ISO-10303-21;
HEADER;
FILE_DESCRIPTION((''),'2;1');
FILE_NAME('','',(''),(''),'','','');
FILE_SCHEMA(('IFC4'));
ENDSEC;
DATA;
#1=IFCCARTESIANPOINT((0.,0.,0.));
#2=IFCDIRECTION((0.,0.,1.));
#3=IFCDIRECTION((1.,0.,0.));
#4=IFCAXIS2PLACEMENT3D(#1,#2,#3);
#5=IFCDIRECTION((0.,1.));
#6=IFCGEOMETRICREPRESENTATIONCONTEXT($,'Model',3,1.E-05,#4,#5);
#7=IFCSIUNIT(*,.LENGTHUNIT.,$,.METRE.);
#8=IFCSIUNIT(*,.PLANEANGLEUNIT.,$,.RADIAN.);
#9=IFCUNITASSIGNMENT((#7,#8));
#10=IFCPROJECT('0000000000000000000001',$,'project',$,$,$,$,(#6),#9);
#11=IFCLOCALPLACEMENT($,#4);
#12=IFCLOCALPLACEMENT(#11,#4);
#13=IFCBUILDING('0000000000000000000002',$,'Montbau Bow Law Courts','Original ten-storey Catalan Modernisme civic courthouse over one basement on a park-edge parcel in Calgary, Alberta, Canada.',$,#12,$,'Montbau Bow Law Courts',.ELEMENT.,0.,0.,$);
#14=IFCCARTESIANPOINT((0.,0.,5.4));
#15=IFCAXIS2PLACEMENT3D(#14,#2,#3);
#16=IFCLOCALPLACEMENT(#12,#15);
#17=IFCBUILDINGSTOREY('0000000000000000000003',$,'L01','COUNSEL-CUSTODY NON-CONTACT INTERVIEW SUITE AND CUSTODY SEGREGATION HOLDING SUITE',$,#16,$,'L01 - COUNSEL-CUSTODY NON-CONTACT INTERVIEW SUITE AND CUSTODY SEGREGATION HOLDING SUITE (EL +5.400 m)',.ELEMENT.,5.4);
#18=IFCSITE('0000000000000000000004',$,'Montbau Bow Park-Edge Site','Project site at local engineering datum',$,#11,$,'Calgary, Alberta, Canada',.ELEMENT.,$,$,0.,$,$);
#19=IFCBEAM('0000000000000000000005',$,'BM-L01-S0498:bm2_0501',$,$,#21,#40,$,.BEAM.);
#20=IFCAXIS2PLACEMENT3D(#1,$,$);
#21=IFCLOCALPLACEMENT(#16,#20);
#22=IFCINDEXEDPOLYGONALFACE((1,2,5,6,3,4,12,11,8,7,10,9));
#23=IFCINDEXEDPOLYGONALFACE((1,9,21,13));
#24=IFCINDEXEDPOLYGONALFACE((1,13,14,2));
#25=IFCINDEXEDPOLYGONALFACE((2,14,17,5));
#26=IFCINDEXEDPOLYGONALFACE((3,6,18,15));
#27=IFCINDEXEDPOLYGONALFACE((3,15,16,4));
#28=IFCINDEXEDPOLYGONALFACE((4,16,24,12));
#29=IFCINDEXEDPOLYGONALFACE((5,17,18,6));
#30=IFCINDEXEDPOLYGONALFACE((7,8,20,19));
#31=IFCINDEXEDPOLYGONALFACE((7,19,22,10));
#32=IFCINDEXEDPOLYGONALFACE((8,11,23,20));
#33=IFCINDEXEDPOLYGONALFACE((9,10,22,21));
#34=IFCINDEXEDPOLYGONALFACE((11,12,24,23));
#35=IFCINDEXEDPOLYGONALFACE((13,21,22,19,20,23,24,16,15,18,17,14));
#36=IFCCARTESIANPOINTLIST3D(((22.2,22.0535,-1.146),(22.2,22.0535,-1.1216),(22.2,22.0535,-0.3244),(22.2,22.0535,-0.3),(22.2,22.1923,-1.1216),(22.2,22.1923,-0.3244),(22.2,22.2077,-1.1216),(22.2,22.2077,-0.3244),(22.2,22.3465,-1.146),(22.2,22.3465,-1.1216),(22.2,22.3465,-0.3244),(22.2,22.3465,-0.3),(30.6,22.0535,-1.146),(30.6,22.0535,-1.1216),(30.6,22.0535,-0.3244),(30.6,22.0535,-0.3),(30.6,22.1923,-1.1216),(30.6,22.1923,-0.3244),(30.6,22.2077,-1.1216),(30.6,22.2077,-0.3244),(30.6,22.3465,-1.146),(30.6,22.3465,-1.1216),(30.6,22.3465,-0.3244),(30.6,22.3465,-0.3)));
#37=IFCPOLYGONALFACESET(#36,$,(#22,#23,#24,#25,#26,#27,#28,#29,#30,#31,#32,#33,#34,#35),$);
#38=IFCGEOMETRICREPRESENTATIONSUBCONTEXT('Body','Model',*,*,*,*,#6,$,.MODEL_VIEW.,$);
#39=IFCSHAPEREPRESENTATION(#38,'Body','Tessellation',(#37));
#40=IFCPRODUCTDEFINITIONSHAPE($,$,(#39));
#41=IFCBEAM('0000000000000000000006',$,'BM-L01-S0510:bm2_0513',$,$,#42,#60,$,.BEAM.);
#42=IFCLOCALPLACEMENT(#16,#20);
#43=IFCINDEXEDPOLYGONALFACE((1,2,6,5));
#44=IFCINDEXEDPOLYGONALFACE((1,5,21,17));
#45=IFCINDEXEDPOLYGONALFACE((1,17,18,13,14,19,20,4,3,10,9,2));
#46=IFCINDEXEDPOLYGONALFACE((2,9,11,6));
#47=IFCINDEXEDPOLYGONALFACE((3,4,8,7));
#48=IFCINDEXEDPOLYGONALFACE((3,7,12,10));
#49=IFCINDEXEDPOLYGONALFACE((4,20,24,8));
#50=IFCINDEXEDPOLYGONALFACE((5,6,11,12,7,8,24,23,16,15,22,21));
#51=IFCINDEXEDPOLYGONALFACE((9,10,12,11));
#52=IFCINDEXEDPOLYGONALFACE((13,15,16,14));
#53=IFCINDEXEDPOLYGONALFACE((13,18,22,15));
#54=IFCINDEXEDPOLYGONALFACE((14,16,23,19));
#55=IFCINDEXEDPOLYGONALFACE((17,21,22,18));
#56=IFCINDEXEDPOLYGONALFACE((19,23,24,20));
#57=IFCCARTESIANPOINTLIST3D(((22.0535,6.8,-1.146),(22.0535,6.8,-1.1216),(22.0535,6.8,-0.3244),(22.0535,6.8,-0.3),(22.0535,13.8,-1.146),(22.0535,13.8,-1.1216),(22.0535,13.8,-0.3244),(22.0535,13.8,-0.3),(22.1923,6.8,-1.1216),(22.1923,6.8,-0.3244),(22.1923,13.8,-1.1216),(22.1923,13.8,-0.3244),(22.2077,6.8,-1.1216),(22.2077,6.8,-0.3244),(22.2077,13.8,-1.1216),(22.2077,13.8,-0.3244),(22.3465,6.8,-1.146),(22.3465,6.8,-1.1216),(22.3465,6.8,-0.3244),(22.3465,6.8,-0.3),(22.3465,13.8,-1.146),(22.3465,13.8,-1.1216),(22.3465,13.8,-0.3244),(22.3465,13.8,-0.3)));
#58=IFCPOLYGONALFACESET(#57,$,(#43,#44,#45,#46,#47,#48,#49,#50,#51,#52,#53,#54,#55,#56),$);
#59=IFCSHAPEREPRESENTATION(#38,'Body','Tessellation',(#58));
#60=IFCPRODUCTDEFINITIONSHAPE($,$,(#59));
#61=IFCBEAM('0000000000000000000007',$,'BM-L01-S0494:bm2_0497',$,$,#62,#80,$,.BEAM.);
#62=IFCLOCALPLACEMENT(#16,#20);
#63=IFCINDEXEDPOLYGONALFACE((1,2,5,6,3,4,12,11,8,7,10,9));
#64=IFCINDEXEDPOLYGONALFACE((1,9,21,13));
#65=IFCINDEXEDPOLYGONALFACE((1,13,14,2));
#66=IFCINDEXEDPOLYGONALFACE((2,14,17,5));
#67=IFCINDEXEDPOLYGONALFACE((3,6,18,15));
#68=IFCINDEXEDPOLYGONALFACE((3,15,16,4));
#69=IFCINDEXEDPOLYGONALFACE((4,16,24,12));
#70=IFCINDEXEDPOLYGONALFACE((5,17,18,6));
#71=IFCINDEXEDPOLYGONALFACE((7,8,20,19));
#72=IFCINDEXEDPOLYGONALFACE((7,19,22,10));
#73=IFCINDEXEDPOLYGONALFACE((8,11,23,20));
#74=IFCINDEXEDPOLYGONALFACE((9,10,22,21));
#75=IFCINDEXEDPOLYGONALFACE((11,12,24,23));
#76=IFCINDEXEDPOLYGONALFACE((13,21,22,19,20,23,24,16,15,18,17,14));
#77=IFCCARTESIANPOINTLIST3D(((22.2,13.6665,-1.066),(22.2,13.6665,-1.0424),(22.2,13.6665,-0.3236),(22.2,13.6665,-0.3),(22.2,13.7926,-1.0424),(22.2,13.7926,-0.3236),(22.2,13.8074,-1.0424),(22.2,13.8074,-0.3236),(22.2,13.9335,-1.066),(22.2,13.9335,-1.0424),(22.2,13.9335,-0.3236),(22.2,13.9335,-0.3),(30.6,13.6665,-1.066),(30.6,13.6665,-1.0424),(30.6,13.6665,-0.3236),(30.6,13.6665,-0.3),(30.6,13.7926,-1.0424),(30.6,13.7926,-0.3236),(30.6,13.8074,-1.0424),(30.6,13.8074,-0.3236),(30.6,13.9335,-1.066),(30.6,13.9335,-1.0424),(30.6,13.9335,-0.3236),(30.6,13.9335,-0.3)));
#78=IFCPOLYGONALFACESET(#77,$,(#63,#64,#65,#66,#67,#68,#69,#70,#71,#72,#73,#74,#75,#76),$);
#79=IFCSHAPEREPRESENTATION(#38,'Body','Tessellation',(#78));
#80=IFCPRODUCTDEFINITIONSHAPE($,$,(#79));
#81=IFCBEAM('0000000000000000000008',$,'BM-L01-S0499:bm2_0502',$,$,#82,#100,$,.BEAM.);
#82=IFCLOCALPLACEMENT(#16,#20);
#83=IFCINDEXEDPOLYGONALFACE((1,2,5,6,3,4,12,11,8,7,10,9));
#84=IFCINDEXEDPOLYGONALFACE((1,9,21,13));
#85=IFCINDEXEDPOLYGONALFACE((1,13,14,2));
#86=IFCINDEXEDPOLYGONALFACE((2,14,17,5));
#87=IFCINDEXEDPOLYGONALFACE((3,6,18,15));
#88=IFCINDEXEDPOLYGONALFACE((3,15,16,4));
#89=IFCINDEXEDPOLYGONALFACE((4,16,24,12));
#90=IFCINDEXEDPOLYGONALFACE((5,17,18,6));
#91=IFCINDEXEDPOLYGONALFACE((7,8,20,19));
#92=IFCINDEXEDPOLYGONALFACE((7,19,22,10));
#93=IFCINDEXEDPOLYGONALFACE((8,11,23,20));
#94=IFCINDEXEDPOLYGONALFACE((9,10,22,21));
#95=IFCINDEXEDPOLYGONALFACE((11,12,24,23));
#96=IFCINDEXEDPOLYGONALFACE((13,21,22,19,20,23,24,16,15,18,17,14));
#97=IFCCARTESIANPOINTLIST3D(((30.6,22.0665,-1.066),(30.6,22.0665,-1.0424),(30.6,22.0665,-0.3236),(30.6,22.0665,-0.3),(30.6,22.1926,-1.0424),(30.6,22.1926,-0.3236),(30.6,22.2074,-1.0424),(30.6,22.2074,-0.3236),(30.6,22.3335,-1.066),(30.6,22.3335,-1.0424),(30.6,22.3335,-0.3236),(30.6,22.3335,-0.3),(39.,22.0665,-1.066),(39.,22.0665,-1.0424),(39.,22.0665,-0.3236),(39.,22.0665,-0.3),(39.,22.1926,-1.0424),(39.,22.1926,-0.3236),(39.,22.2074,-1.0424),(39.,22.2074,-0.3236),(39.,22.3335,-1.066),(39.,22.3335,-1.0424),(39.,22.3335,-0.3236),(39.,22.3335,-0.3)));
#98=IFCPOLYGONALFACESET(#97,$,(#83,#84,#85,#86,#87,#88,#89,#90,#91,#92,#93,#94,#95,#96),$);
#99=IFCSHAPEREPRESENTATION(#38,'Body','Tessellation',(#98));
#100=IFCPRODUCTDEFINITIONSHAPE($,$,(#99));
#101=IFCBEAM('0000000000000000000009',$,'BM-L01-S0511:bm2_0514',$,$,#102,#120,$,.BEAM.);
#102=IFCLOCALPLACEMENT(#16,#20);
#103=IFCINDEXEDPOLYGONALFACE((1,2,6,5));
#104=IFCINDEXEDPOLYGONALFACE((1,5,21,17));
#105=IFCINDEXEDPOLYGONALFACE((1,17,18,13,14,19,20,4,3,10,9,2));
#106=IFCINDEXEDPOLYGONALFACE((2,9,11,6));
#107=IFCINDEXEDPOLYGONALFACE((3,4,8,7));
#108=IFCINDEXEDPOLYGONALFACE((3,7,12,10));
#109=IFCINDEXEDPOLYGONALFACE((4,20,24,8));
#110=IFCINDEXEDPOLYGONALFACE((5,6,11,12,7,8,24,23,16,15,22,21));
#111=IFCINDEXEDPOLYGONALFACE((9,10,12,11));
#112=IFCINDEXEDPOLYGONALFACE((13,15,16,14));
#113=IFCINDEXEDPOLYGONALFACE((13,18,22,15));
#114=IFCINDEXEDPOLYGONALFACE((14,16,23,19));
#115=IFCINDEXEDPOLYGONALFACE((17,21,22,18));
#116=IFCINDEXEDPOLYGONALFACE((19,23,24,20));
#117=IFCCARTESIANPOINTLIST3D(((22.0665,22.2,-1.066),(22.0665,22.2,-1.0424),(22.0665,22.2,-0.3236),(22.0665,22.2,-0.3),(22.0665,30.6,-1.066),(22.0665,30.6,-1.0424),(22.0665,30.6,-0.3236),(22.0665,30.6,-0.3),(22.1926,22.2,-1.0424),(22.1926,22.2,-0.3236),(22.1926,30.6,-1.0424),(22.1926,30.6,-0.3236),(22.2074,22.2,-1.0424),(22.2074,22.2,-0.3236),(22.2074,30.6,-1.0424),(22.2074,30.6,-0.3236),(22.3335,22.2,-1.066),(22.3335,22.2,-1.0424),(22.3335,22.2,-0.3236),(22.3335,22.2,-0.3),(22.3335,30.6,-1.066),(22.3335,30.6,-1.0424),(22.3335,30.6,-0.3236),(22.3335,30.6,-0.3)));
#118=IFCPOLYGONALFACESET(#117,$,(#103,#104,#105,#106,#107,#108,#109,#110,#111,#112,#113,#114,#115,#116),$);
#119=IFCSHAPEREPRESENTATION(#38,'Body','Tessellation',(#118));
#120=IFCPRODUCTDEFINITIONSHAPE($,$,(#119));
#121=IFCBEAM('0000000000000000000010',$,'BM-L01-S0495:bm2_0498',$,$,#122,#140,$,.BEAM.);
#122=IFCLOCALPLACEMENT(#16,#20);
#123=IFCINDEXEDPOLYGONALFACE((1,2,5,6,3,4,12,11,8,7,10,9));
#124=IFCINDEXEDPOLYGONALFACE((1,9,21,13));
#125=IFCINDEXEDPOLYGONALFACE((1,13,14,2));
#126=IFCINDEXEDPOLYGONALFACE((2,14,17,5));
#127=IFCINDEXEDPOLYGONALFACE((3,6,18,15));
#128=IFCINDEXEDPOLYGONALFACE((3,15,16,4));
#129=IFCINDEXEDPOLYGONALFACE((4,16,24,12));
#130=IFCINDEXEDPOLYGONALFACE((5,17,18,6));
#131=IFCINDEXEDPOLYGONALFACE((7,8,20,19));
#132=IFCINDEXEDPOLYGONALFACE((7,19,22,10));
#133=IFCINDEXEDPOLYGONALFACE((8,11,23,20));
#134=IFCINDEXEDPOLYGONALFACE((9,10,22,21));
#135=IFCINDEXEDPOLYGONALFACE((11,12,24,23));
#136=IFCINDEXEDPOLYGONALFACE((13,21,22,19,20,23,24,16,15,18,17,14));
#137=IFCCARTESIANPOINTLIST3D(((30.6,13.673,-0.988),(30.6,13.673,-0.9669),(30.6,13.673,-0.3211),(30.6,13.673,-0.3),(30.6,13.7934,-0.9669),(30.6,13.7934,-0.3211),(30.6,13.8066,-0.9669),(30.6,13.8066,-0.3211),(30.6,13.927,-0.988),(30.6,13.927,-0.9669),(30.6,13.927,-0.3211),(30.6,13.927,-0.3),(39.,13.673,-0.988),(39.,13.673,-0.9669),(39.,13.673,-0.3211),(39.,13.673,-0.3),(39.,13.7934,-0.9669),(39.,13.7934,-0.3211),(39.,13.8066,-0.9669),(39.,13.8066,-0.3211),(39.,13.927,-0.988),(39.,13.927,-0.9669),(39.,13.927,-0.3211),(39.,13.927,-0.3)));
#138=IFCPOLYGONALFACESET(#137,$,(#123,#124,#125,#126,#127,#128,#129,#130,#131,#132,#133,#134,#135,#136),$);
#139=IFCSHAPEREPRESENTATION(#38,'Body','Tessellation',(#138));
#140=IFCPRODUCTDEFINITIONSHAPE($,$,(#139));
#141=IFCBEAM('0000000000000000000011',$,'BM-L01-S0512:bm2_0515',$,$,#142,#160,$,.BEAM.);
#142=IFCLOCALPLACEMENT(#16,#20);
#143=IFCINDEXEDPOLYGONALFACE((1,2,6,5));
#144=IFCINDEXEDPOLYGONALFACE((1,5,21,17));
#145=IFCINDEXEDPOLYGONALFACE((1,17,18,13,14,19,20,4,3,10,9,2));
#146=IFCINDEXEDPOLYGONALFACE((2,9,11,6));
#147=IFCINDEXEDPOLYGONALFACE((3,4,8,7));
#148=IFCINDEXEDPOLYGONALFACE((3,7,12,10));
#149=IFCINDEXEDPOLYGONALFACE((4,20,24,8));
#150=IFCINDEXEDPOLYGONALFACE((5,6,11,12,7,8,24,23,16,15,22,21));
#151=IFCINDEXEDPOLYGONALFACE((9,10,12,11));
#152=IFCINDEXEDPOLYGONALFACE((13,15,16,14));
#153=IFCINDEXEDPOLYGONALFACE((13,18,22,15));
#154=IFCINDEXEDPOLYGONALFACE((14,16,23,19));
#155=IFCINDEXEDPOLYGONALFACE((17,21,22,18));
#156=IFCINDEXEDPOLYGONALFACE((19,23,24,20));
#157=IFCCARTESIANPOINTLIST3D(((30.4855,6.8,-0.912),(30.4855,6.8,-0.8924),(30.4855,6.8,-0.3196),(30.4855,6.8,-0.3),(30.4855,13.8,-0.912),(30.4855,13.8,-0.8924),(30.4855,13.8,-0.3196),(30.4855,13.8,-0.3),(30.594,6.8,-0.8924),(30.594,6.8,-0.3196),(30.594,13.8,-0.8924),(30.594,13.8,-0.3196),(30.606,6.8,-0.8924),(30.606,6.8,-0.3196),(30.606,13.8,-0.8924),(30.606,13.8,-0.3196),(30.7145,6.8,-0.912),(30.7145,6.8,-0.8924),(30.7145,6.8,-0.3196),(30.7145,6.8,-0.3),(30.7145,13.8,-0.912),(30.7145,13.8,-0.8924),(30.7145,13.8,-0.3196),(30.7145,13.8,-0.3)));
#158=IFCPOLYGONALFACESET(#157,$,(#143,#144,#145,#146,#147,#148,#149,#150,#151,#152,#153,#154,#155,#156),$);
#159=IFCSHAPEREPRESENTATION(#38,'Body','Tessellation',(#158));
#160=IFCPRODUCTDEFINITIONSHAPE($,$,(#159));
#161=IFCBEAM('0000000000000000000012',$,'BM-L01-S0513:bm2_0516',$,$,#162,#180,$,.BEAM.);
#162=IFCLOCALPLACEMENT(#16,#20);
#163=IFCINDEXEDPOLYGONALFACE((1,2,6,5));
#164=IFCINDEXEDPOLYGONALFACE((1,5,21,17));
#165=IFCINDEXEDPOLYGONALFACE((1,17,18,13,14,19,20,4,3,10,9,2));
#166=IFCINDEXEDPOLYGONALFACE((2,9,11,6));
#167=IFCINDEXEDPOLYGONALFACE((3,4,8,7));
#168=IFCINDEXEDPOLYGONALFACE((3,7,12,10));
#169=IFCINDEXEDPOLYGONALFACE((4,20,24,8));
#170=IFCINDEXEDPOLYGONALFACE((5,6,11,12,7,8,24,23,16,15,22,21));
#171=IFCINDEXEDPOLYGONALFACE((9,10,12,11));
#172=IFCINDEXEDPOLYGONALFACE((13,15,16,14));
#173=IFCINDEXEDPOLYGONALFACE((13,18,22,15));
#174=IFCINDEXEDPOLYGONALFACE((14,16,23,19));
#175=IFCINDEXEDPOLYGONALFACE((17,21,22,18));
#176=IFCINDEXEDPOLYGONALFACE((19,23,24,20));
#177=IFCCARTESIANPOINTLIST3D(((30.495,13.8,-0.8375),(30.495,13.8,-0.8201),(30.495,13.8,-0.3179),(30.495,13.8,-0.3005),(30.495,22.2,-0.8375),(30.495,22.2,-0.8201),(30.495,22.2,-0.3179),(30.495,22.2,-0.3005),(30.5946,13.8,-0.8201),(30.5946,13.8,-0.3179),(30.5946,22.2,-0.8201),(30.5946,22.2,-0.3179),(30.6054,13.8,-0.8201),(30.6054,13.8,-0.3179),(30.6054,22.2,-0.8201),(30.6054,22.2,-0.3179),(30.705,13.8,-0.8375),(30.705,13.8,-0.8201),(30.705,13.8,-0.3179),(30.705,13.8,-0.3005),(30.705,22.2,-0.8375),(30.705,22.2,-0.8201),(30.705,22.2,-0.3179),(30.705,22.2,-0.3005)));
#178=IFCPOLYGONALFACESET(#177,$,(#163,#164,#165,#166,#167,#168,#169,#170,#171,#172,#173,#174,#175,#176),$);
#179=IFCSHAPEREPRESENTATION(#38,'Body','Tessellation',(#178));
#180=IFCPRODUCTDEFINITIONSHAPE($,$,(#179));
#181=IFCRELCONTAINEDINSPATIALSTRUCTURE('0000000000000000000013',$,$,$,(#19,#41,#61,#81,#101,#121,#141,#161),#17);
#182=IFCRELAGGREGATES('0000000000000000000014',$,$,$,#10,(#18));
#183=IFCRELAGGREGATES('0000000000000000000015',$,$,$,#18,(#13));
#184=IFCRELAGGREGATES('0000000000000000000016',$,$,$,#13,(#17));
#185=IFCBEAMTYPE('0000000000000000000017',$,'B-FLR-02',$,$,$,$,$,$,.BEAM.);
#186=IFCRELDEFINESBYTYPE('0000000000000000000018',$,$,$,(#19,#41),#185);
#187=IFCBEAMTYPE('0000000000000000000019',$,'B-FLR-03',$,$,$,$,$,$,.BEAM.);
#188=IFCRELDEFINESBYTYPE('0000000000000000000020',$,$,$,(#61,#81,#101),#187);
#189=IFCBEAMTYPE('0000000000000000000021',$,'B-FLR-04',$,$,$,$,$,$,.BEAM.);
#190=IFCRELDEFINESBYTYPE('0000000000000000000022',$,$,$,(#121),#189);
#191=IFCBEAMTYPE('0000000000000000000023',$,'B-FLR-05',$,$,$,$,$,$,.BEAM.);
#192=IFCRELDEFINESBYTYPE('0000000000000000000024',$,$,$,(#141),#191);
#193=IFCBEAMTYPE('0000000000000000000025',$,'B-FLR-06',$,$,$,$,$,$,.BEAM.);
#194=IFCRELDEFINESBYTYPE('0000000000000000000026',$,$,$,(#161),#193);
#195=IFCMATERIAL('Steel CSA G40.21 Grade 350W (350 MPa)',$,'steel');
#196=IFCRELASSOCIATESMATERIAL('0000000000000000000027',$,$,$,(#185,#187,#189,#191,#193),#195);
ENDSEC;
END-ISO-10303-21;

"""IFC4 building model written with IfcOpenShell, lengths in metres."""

from ifc_helpers import new_model, si_unit, direction, frame, origin_with_axes, origin_2d_with_axis, place, context, subcontext, project, spatial, i_section, extrude, material, material_profile, profile_set, type_object, element, save


model = new_model("IFC4")

# Units and contexts
model_context = context("Model", 3, precision=1e-05, world=origin_with_axes(), true_north=direction((0.0, 1.0)))
body_context = subcontext(model_context, "Body", "Model", "MODEL_VIEW")
ifc_project = project(units=[si_unit("LENGTHUNIT", "METRE"), si_unit("PLANEANGLEUNIT", "RADIAN")], contexts=[model_context])

# Site, building, storey
site_placement = place(None, origin_with_axes())
site = spatial("IfcSite", under=ifc_project, at=site_placement, Name="Montbau Bow Park-Edge Site", Description="Project site at local engineering datum", LongName="Calgary, Alberta, Canada", CompositionType="ELEMENT", RefElevation=0.0)
building_placement = place(site_placement, origin_with_axes())
building = spatial("IfcBuilding", under=site, at=building_placement, Name="Montbau Bow Law Courts", Description="Original ten-storey Catalan Modernisme civic courthouse over one basement on a park-edge parcel in Calgary, Alberta, Canada.", LongName="Montbau Bow Law Courts", CompositionType="ELEMENT", ElevationOfRefHeight=0.0, ElevationOfTerrain=0.0)
storey_placement = place(building_placement, frame((0.0, 0.0, 5.4), z_axis=(0.0, 0.0, 1.0), x_axis=(1.0, 0.0, 0.0)))
storey = spatial("IfcBuildingStorey", under=building, at=storey_placement, Name="L01", Description="COUNSEL-CUSTODY NON-CONTACT INTERVIEW SUITE AND CUSTODY SEGREGATION HOLDING SUITE", LongName="L01 - COUNSEL-CUSTODY NON-CONTACT INTERVIEW SUITE AND CUSTODY SEGREGATION HOLDING SUITE (EL +5.400 m)", CompositionType="ELEMENT", Elevation=5.4)

# Shared definitions
ifc_material_1 = material(Name="Steel CSA G40.21 Grade 350W (350 MPa)", Category="steel")

# Beams
ifc_material_profile_1 = material_profile(ifc_material_1, i_section(OverallWidth=0.293, OverallDepth=0.846, WebThickness=0.0154, FlangeThickness=0.0244, at=origin_2d_with_axis()), Name="W840X210", Category="Main", Priority=0)
ifc_profile_set_1 = profile_set([ifc_material_profile_1], Name="Steel CSA G40.21 Grade 350W (350 MPa)")
beam_type_1 = type_object("IfcBeamType", Name="B-FLR-02", PredefinedType="BEAM", material=ifc_profile_set_1)
beam_1_placement = place(None, frame((22.2, 22.2, 4.677), z_axis=(1.0, 0.0, 0.0), x_axis=(0.0, 1.0, 0.0)))
element("IfcBeam", 1, at=beam_1_placement, inside=storey, type_object=beam_type_1, Name="BM-L01-S0498:bm2_0501", PredefinedType="BEAM", context=body_context, shape_type="SweptSolid", body=[
    extrude(i_section(OverallWidth=0.293, OverallDepth=0.846, WebThickness=0.0154, FlangeThickness=0.0244, at=origin_2d_with_axis()), origin_with_axes(), (0.0, 0.0, 1.0), 8.4),
])
beam_2_placement = place(None, frame((22.2, 6.8, 4.677), z_axis=(0.0, 1.0, 0.0), x_axis=(-1.0, 0.0, 0.0)))
element("IfcBeam", 2, at=beam_2_placement, inside=storey, type_object=beam_type_1, Name="BM-L01-S0510:bm2_0513", PredefinedType="BEAM", context=body_context, shape_type="SweptSolid", body=[
    extrude(i_section(OverallWidth=0.293, OverallDepth=0.846, WebThickness=0.0154, FlangeThickness=0.0244, at=origin_2d_with_axis()), origin_with_axes(), (0.0, 0.0, 1.0), 7.0),
])
ifc_material_profile_2 = material_profile(ifc_material_1, i_section(OverallWidth=0.267, OverallDepth=0.766, WebThickness=0.0149, FlangeThickness=0.0236, at=origin_2d_with_axis()), Name="W760X185", Category="Main", Priority=0)
ifc_profile_set_2 = profile_set([ifc_material_profile_2], Name="Steel CSA G40.21 Grade 350W (350 MPa)")
beam_type_2 = type_object("IfcBeamType", Name="B-FLR-03", PredefinedType="BEAM", material=ifc_profile_set_2)
for number, where, z_axis, x_axis, name in (
    (3, (22.2, 13.8, 4.717), (1.0, 0.0, 0.0), (0.0, 1.0, 0.0), "BM-L01-S0494:bm2_0497"),
    (4, (30.6, 22.2, 4.717), (1.0, 0.0, 0.0), (0.0, 1.0, 0.0), "BM-L01-S0499:bm2_0502"),
    (5, (22.2, 22.2, 4.717), (0.0, 1.0, 0.0), (-1.0, 0.0, 0.0), "BM-L01-S0511:bm2_0514"),
):
    element("IfcBeam", number, at=place(None, frame(where, z_axis=z_axis, x_axis=x_axis)), inside=storey, type_object=beam_type_2, Name=name, PredefinedType="BEAM", context=body_context, shape_type="SweptSolid", body=[
        extrude(i_section(OverallWidth=0.267, OverallDepth=0.766, WebThickness=0.0149, FlangeThickness=0.0236, at=origin_2d_with_axis()), origin_with_axes(), (0.0, 0.0, 1.0), 8.4),
    ])
ifc_material_profile_3 = material_profile(ifc_material_1, i_section(OverallWidth=0.254, OverallDepth=0.688, WebThickness=0.0131, FlangeThickness=0.0211, at=origin_2d_with_axis()), Name="W690X152", Category="Main", Priority=0)
ifc_profile_set_3 = profile_set([ifc_material_profile_3], Name="Steel CSA G40.21 Grade 350W (350 MPa)")
beam_type_3 = type_object("IfcBeamType", Name="B-FLR-04", PredefinedType="BEAM", material=ifc_profile_set_3)
beam_3_placement = place(None, frame((30.6, 13.8, 4.756), z_axis=(1.0, 0.0, 0.0), x_axis=(0.0, 1.0, 0.0)))
element("IfcBeam", 6, at=beam_3_placement, inside=storey, type_object=beam_type_3, Name="BM-L01-S0495:bm2_0498", PredefinedType="BEAM", context=body_context, shape_type="SweptSolid", body=[
    extrude(i_section(OverallWidth=0.254, OverallDepth=0.688, WebThickness=0.0131, FlangeThickness=0.0211, at=origin_2d_with_axis()), origin_with_axes(), (0.0, 0.0, 1.0), 8.4),
])
ifc_material_profile_4 = material_profile(ifc_material_1, i_section(OverallWidth=0.229, OverallDepth=0.612, WebThickness=0.0119, FlangeThickness=0.0196, at=origin_2d_with_axis()), Name="W610X125", Category="Main", Priority=0)
ifc_profile_set_4 = profile_set([ifc_material_profile_4], Name="Steel CSA G40.21 Grade 350W (350 MPa)")
beam_type_4 = type_object("IfcBeamType", Name="B-FLR-05", PredefinedType="BEAM", material=ifc_profile_set_4)
beam_4_placement = place(None, frame((30.6, 6.8, 4.794), z_axis=(0.0, 1.0, 0.0), x_axis=(-1.0, 0.0, 0.0)))
element("IfcBeam", 7, at=beam_4_placement, inside=storey, type_object=beam_type_4, Name="BM-L01-S0512:bm2_0515", PredefinedType="BEAM", context=body_context, shape_type="SweptSolid", body=[
    extrude(i_section(OverallWidth=0.229, OverallDepth=0.612, WebThickness=0.0119, FlangeThickness=0.0196, at=origin_2d_with_axis()), origin_with_axes(), (0.0, 0.0, 1.0), 7.0),
])
ifc_material_profile_5 = material_profile(ifc_material_1, i_section(OverallWidth=0.21, OverallDepth=0.537, WebThickness=0.0109, FlangeThickness=0.0174, at=origin_2d_with_axis()), Name="W530X101", Category="Main", Priority=0)
ifc_profile_set_5 = profile_set([ifc_material_profile_5], Name="Steel CSA G40.21 Grade 350W (350 MPa)")
beam_type_5 = type_object("IfcBeamType", Name="B-FLR-06", PredefinedType="BEAM", material=ifc_profile_set_5)
beam_5_placement = place(None, frame((30.6, 13.8, 4.831), z_axis=(0.0, 1.0, 0.0), x_axis=(-1.0, 0.0, 0.0)))
element("IfcBeam", 8, at=beam_5_placement, inside=storey, type_object=beam_type_5, Name="BM-L01-S0513:bm2_0516", PredefinedType="BEAM", context=body_context, shape_type="SweptSolid", body=[
    extrude(i_section(OverallWidth=0.21, OverallDepth=0.537, WebThickness=0.0109, FlangeThickness=0.0174, at=origin_2d_with_axis()), origin_with_axes(), (0.0, 0.0, 1.0), 8.4),
])

save(model, "model.ifc")
